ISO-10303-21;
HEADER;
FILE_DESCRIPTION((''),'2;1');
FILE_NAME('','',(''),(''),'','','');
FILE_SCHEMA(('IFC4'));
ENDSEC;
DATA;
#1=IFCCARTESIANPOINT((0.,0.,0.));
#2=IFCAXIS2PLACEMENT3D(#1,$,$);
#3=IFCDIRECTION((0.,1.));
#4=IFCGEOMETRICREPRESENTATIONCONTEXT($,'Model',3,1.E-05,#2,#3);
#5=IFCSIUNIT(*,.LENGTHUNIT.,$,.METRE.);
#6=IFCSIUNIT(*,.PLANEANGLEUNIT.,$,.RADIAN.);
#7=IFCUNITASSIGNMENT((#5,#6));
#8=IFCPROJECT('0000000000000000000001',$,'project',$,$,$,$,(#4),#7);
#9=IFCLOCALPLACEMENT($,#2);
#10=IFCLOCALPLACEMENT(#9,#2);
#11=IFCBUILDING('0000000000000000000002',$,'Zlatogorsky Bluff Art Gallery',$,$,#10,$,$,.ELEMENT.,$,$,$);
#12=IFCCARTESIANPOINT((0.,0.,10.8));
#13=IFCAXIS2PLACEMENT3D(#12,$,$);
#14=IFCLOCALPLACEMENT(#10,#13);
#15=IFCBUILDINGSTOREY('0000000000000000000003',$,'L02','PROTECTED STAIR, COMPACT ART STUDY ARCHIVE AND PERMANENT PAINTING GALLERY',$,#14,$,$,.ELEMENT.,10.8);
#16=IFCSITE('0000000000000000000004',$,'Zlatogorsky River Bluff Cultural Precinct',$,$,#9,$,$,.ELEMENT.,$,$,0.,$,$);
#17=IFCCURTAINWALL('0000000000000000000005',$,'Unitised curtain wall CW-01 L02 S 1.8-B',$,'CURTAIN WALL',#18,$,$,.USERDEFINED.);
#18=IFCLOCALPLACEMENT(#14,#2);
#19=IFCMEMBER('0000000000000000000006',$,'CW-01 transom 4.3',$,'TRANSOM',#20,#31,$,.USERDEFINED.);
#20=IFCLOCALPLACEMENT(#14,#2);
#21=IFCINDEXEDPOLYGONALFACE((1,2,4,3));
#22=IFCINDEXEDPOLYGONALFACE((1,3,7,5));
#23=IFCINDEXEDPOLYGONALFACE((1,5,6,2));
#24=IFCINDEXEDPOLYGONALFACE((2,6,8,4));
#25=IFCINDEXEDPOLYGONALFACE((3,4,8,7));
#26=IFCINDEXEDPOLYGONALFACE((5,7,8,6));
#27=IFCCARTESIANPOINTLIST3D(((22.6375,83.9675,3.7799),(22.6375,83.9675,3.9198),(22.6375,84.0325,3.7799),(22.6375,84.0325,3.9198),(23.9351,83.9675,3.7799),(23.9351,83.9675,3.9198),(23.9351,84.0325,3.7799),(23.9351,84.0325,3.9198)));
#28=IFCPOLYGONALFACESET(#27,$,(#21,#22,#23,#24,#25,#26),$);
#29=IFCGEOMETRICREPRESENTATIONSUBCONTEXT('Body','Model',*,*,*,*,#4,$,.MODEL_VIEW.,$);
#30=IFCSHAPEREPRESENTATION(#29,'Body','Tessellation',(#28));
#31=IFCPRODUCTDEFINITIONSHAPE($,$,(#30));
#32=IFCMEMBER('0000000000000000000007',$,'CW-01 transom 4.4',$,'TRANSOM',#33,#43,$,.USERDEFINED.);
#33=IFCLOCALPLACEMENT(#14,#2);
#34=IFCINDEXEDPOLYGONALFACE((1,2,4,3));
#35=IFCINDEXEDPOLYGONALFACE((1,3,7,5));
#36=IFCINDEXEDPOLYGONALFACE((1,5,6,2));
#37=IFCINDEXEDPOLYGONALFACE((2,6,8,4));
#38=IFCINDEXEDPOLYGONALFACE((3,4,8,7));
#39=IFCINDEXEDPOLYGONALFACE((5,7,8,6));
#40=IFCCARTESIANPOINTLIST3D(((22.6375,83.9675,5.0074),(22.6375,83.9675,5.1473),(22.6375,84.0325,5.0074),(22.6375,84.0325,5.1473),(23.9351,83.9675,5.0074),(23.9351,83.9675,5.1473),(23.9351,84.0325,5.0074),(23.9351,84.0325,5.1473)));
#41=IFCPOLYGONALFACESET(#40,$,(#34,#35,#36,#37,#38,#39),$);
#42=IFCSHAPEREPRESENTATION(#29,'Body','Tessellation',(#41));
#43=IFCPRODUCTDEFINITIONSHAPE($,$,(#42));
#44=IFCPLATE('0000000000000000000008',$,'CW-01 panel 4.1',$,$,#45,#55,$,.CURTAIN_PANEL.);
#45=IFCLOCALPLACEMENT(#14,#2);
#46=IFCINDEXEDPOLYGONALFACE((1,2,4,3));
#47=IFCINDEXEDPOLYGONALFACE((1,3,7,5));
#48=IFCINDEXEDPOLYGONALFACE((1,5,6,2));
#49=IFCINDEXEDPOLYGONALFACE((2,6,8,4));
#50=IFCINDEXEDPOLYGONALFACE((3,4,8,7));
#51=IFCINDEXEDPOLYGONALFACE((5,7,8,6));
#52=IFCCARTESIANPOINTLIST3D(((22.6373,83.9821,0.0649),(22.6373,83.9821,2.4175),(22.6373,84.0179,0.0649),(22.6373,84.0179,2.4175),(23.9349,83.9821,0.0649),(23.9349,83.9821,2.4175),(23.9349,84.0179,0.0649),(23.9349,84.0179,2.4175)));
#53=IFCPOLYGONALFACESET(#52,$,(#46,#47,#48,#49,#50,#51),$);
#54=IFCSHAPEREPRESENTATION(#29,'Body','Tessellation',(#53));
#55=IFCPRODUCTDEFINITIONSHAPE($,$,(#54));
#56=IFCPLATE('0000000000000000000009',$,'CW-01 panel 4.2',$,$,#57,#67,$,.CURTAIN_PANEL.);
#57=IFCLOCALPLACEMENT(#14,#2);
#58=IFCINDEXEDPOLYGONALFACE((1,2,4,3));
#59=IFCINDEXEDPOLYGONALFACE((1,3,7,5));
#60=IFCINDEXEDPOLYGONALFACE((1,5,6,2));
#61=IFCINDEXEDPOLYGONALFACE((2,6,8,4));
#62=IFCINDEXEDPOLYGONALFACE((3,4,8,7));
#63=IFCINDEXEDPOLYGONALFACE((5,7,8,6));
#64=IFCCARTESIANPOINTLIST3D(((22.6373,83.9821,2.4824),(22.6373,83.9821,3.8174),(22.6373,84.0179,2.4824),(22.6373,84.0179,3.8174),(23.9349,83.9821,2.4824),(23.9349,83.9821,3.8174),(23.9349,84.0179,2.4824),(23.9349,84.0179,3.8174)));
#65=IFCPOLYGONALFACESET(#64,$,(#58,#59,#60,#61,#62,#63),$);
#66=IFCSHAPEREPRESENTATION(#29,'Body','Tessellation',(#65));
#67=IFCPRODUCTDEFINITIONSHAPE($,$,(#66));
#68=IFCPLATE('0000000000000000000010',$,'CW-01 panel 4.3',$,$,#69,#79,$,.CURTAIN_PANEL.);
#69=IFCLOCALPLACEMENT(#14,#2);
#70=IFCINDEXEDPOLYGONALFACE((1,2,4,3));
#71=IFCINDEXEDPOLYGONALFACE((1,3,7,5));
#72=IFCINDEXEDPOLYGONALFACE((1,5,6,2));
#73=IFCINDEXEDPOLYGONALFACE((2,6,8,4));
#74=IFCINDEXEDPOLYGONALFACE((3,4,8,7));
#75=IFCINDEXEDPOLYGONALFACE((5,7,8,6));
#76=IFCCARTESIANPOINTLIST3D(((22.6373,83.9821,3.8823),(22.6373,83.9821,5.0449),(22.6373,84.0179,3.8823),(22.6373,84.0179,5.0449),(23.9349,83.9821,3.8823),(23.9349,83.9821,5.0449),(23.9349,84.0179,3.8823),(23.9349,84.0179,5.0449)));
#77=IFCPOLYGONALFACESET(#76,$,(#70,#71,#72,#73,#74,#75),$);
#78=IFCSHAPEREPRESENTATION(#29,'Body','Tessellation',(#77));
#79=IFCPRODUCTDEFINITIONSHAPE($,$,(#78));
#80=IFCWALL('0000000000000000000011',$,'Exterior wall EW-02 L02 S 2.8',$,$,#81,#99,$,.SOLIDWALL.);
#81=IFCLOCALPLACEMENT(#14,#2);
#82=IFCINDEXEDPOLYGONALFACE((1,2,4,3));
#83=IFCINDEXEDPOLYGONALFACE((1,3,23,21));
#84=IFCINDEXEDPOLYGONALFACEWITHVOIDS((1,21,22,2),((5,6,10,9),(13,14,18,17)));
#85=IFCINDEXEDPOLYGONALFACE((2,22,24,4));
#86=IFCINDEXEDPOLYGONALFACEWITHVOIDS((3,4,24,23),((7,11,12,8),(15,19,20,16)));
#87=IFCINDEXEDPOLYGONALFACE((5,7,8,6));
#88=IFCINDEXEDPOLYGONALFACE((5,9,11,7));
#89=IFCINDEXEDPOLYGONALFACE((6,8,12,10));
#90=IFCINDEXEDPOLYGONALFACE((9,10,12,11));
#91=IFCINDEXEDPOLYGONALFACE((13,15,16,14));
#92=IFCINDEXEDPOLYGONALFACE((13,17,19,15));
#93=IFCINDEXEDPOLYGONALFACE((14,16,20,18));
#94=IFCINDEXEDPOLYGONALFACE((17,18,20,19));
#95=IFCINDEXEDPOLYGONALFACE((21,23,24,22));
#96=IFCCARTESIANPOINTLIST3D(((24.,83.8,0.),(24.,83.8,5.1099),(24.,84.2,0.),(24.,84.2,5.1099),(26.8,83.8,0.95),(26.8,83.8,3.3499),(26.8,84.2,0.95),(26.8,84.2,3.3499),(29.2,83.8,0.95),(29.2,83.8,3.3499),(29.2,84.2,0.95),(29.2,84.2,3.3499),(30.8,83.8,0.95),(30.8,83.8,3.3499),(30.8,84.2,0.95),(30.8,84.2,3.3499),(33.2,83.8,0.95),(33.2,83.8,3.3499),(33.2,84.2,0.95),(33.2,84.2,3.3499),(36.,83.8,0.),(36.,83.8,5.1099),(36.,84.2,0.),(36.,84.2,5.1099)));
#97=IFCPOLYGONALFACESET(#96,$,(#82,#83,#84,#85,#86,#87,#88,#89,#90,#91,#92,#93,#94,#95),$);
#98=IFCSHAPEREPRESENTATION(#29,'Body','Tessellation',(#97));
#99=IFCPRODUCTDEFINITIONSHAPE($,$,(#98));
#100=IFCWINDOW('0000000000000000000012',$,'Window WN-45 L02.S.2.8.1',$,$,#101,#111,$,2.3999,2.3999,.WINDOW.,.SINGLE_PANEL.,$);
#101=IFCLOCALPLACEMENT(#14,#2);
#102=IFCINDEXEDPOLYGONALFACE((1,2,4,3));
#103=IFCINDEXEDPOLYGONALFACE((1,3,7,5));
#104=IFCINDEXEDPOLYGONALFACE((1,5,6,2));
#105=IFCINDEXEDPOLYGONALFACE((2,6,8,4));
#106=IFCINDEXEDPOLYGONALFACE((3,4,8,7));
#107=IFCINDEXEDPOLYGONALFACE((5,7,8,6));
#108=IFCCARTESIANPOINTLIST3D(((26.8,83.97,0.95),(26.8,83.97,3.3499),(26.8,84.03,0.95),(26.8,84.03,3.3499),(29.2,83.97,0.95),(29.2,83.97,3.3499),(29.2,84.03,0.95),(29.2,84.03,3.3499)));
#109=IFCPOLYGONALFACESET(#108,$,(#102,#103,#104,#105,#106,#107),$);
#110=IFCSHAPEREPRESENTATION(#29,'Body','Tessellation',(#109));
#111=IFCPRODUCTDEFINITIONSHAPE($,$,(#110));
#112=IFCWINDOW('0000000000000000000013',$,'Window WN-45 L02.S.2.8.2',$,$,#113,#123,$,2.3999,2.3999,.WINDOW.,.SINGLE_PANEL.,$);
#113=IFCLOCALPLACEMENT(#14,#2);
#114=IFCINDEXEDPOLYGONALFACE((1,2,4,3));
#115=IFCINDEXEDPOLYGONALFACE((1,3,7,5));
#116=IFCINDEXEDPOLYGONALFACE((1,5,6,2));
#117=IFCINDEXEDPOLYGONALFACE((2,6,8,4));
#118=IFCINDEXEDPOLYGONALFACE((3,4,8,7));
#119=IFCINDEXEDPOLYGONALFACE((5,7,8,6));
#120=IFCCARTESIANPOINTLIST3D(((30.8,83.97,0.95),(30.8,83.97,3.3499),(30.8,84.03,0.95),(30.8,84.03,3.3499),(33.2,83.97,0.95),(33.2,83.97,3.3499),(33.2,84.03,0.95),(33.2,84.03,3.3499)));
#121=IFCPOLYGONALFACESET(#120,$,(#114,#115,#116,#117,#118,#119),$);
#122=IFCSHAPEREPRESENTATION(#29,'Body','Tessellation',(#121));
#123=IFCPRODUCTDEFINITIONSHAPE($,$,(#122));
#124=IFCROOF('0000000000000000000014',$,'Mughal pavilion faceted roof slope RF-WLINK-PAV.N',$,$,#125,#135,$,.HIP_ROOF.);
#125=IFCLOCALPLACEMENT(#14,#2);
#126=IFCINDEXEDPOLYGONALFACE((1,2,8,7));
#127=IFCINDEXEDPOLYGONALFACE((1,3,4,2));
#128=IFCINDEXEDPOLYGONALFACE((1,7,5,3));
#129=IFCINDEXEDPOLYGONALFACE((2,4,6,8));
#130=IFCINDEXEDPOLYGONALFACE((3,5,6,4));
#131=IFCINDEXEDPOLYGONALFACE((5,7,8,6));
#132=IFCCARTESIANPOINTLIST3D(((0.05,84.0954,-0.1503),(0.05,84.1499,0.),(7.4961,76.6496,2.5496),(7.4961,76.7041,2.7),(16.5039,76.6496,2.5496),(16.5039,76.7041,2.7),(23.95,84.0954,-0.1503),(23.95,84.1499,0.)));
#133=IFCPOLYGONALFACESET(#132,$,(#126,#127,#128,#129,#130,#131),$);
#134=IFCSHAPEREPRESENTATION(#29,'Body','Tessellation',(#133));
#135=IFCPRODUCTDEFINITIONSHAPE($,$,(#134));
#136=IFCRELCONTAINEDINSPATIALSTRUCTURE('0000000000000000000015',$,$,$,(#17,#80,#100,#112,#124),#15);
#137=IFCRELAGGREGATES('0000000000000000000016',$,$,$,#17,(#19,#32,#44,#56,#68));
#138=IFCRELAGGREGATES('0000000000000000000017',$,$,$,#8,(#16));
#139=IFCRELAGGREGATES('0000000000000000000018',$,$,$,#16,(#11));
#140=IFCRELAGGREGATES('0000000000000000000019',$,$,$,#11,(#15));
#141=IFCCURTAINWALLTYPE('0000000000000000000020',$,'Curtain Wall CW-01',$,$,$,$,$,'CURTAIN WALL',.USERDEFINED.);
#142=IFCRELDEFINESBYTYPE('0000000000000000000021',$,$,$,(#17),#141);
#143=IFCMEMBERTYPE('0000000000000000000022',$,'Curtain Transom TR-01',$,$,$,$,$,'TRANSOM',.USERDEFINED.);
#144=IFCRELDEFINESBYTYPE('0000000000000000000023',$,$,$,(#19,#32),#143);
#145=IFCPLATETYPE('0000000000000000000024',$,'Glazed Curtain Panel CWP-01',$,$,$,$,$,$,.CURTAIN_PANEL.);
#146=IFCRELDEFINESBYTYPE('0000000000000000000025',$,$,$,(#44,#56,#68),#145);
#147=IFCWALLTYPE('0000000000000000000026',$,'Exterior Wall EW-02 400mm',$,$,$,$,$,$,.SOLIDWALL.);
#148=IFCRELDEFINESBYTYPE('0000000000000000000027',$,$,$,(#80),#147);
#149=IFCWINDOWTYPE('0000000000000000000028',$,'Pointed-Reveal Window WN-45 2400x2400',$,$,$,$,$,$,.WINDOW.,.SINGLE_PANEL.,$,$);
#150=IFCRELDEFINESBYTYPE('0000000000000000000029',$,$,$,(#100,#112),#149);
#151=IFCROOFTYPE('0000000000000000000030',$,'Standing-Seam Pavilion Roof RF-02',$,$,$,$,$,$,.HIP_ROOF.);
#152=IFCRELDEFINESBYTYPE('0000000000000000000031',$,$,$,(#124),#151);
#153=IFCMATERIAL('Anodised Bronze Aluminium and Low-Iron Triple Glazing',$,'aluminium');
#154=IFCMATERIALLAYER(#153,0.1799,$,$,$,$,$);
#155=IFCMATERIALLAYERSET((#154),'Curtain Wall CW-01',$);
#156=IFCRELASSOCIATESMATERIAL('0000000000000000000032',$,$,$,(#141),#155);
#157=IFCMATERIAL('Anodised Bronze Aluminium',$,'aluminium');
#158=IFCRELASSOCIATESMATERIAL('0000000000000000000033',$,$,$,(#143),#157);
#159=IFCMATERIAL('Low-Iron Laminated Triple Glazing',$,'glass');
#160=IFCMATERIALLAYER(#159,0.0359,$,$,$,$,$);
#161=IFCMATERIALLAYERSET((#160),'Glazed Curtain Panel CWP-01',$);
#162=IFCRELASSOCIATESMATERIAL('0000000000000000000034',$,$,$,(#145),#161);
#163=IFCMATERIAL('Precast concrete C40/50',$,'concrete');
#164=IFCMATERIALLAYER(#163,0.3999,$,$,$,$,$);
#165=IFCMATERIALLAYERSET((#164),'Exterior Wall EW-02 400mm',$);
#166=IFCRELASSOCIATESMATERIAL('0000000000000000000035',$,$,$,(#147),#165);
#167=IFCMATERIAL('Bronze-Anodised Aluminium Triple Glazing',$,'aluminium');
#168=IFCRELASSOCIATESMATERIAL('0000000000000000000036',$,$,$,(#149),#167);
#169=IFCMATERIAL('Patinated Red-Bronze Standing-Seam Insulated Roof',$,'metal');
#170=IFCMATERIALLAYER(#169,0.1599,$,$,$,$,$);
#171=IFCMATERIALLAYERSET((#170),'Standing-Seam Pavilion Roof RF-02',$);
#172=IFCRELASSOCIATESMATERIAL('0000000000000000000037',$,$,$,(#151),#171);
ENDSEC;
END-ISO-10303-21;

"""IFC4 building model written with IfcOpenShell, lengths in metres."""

from ifc_helpers import new_model, si_unit, direction, frame, frame_2d, origin, origin_2d, place, context, subcontext, project, spatial, polyline, rectangle, outline, extrude, material, layer, layer_set, material_profile, profile_set, type_object, element, fill, aggregate, save


model = new_model("IFC4")

# Units and contexts
model_context = context("Model", 3, precision=1e-05, world=origin(), true_north=direction((0.0, 1.0)))
body_context = subcontext(model_context, "Body", "Model", "MODEL_VIEW")
ifc_project = project(units=[si_unit("LENGTHUNIT", "METRE"), si_unit("PLANEANGLEUNIT", "RADIAN")], contexts=[model_context])

# Site, building, storey
site_placement = place(None, origin())
site = spatial("IfcSite", under=ifc_project, at=site_placement, Name="Zlatogorsky River Bluff Cultural Precinct", CompositionType="ELEMENT", RefElevation=0.0)
building_placement = place(site_placement, origin())
building = spatial("IfcBuilding", under=site, at=building_placement, Name="Zlatogorsky Bluff Art Gallery", CompositionType="ELEMENT")
storey_placement = place(building_placement, frame((0.0, 0.0, 10.8)))
storey = spatial("IfcBuildingStorey", under=building, at=storey_placement, Name="L02", Description="PROTECTED STAIR, COMPACT ART STUDY ARCHIVE AND PERMANENT PAINTING GALLERY", CompositionType="ELEMENT", Elevation=10.8)

# Curtain wall, members, plates
ifc_material_1 = material(Name="Anodised Bronze Aluminium and Low-Iron Triple Glazing", Category="aluminium")
ifc_layer_1 = layer(ifc_material_1, 0.1799)
ifc_layer_set_1 = layer_set([ifc_layer_1], Name="Curtain Wall CW-01")
curtain_wall_type = type_object("IfcCurtainWallType", Name="Curtain Wall CW-01", ElementType="CURTAIN WALL", PredefinedType="USERDEFINED", material=ifc_layer_set_1)
curtain_wall_placement = place(storey_placement, origin())
curtain_wall = element("IfcCurtainWall", 1, at=curtain_wall_placement, inside=storey, type_object=curtain_wall_type, Name="Unitised curtain wall CW-01 L02 S 1.8-B", ObjectType="CURTAIN WALL", PredefinedType="USERDEFINED")
ifc_material_2 = material(Name="Anodised Bronze Aluminium", Category="aluminium")
ifc_material_profile_1 = material_profile(ifc_material_2, rectangle(XDim=0.0649, YDim=0.1399, at=origin_2d()), Name="ALU TRANSOM 65x140")
ifc_profile_set_1 = profile_set([ifc_material_profile_1], Name="Anodised Bronze Aluminium")
member_type_1 = type_object("IfcMemberType", Name="Curtain Transom TR-01", ElementType="TRANSOM", PredefinedType="USERDEFINED", material=ifc_profile_set_1)
member_1_placement = place(storey_placement, frame((22.6375, 84.0, 3.8499), z_axis=(1.0, 0.0, 0.0), x_axis=(0.0, 1.0, 0.0)))
member_1 = element("IfcMember", 2, at=member_1_placement, type_object=member_type_1, Name="CW-01 transom 4.3", ObjectType="TRANSOM", PredefinedType="USERDEFINED", context=body_context, shape_type="SweptSolid", body=[
    extrude(rectangle(XDim=0.0649, YDim=0.1399, at=origin_2d()), origin(), (0.0, 0.0, 1.0), 1.2976),
])
member_2_placement = place(storey_placement, frame((22.6375, 84.0, 5.0774), z_axis=(1.0, 0.0, 0.0), x_axis=(0.0, 1.0, 0.0)))
member_2 = element("IfcMember", 3, at=member_2_placement, type_object=member_type_1, Name="CW-01 transom 4.4", ObjectType="TRANSOM", PredefinedType="USERDEFINED", context=body_context, shape_type="SweptSolid", body=[
    extrude(rectangle(XDim=0.0649, YDim=0.1399, at=origin_2d()), origin(), (0.0, 0.0, 1.0), 1.2976),
])
ifc_material_3 = material(Name="Low-Iron Laminated Triple Glazing", Category="glass")
ifc_layer_2 = layer(ifc_material_3, 0.0359)
ifc_layer_set_2 = layer_set([ifc_layer_2], Name="Glazed Curtain Panel CWP-01")
plate_type = type_object("IfcPlateType", Name="Glazed Curtain Panel CWP-01", PredefinedType="CURTAIN_PANEL", material=ifc_layer_set_2)
plate_1_placement = place(storey_placement, frame((23.2861, 84.0, 0.0649), z_axis=(0.0, 0.0, 1.0), x_axis=(1.0, 0.0, 0.0)))
plate_1 = element("IfcPlate", 4, at=plate_1_placement, type_object=plate_type, Name="CW-01 panel 4.1", PredefinedType="CURTAIN_PANEL", context=body_context, shape_type="SweptSolid", body=[
    extrude(rectangle(XDim=1.2976, YDim=0.0359, at=origin_2d()), origin(), (0.0, 0.0, 1.0), 2.3525),
])
plate_2_placement = place(storey_placement, frame((23.2861, 84.0, 2.4824), z_axis=(0.0, 0.0, 1.0), x_axis=(1.0, 0.0, 0.0)))
plate_2 = element("IfcPlate", 5, at=plate_2_placement, type_object=plate_type, Name="CW-01 panel 4.2", PredefinedType="CURTAIN_PANEL", context=body_context, shape_type="SweptSolid", body=[
    extrude(rectangle(XDim=1.2976, YDim=0.0359, at=origin_2d()), origin(), (0.0, 0.0, 1.0), 1.335),
])
plate_3_placement = place(storey_placement, frame((23.2861, 84.0, 3.8823), z_axis=(0.0, 0.0, 1.0), x_axis=(1.0, 0.0, 0.0)))
plate_3 = element("IfcPlate", 6, at=plate_3_placement, type_object=plate_type, Name="CW-01 panel 4.3", PredefinedType="CURTAIN_PANEL", context=body_context, shape_type="SweptSolid", body=[
    extrude(rectangle(XDim=1.2976, YDim=0.0359, at=origin_2d()), origin(), (0.0, 0.0, 1.0), 1.1626),
])
aggregate(curtain_wall, [member_1, member_2, plate_1, plate_2, plate_3])

# Wall, openings, windows
ifc_material_4 = material(Name="Precast concrete C40/50", Category="concrete")
ifc_layer_3 = layer(ifc_material_4, 0.3999)
ifc_layer_set_3 = layer_set([ifc_layer_3], Name="Exterior Wall EW-02 400mm")
wall_type = type_object("IfcWallType", Name="Exterior Wall EW-02 400mm", PredefinedType="SOLIDWALL", material=ifc_layer_set_3)
wall_placement = place(storey_placement, frame((24.0, 84.0, 0.0), z_axis=(0.0, 0.0, 1.0), x_axis=(1.0, 0.0, 0.0)))
wall = element("IfcWall", 7, at=wall_placement, inside=storey, type_object=wall_type, Name="Exterior wall EW-02 L02 S 2.8", PredefinedType="SOLIDWALL", context=body_context, shape_type="SweptSolid", body=[
    extrude(rectangle(XDim=12.0, YDim=0.3999, at=frame_2d((6.0, 0.0))), origin(), (0.0, 0.0, 1.0), 5.1099),
])
opening_1_placement = place(wall_placement, frame((2.8, 0.0, 0.95)))
opening_1 = element("IfcOpeningElement", 8, at=opening_1_placement, cuts=wall, PredefinedType="OPENING", context=body_context, shape_type="SweptSolid", body=[
    extrude(rectangle(XDim=2.3999, YDim=2.3999, at=frame_2d((1.2, 1.2))), frame((0.0, 0.21, 0.0), z_axis=(0.0, -1.0, 0.0), x_axis=(1.0, 0.0, 0.0)), (0.0, 0.0, 1.0), 0.4199),
])
opening_2_placement = place(wall_placement, frame((6.8, 0.0, 0.95)))
opening_2 = element("IfcOpeningElement", 9, at=opening_2_placement, cuts=wall, PredefinedType="OPENING", context=body_context, shape_type="SweptSolid", body=[
    extrude(rectangle(XDim=2.3999, YDim=2.3999, at=frame_2d((1.2, 1.2))), frame((0.0, 0.21, 0.0), z_axis=(0.0, -1.0, 0.0), x_axis=(1.0, 0.0, 0.0)), (0.0, 0.0, 1.0), 0.4199),
])
ifc_material_5 = material(Name="Bronze-Anodised Aluminium Triple Glazing", Category="aluminium")
window_type = type_object("IfcWindowType", Name="Pointed-Reveal Window WN-45 2400x2400", PartitioningType="SINGLE_PANEL", PredefinedType="WINDOW", material=ifc_material_5)
window_1_placement = place(opening_1_placement, origin())
window_1 = element("IfcWindow", 10, at=window_1_placement, inside=storey, type_object=window_type, Name="Window WN-45 L02.S.2.8.1", OverallHeight=2.3999, OverallWidth=2.3999, PartitioningType="SINGLE_PANEL", PredefinedType="WINDOW", context=body_context, shape_type="SweptSolid", body=[
    extrude(rectangle(XDim=2.3999, YDim=2.3999, at=frame_2d((1.2, 1.2))), frame((0.0, 0.03, 0.0), z_axis=(0.0, -1.0, 0.0), x_axis=(1.0, 0.0, 0.0)), (0.0, 0.0, 1.0), 0.0601),
])
fill(opening_1, window_1)
window_2_placement = place(opening_2_placement, origin())
window_2 = element("IfcWindow", 11, at=window_2_placement, inside=storey, type_object=window_type, Name="Window WN-45 L02.S.2.8.2", OverallHeight=2.3999, OverallWidth=2.3999, PartitioningType="SINGLE_PANEL", PredefinedType="WINDOW", context=body_context, shape_type="SweptSolid", body=[
    extrude(rectangle(XDim=2.3999, YDim=2.3999, at=frame_2d((1.2, 1.2))), frame((0.0, 0.03, 0.0), z_axis=(0.0, -1.0, 0.0), x_axis=(1.0, 0.0, 0.0)), (0.0, 0.0, 1.0), 0.0601),
])
fill(opening_2, window_2)

# Roof
ifc_material_6 = material(Name="Patinated Red-Bronze Standing-Seam Insulated Roof", Category="metal")
ifc_layer_4 = layer(ifc_material_6, 0.1599)
ifc_layer_set_4 = layer_set([ifc_layer_4], Name="Standing-Seam Pavilion Roof RF-02")
roof_type = type_object("IfcRoofType", Name="Standing-Seam Pavilion Roof RF-02", PredefinedType="HIP_ROOF", material=ifc_layer_set_4)
roof_placement = place(storey_placement, frame((23.95, 84.1499, 0.0), z_axis=(0.0, 0.340894, 0.940102), x_axis=(-1.0, 0.0, 0.0)))
element("IfcRoof", 12, at=roof_placement, inside=storey, type_object=roof_type, Name="Mughal pavilion faceted roof slope RF-WLINK-PAV.N", PredefinedType="HIP_ROOF", context=body_context, shape_type="SweptSolid", body=[
    extrude(outline(polyline([(0.0, 0.0), (23.8999, 0.0), (16.4539, 7.9202), (7.446, 7.9202), (0.0, 0.0)])), origin(), (0.0, 0.0, -1.0), 0.1599),
])

save(model, "model.ifc")
